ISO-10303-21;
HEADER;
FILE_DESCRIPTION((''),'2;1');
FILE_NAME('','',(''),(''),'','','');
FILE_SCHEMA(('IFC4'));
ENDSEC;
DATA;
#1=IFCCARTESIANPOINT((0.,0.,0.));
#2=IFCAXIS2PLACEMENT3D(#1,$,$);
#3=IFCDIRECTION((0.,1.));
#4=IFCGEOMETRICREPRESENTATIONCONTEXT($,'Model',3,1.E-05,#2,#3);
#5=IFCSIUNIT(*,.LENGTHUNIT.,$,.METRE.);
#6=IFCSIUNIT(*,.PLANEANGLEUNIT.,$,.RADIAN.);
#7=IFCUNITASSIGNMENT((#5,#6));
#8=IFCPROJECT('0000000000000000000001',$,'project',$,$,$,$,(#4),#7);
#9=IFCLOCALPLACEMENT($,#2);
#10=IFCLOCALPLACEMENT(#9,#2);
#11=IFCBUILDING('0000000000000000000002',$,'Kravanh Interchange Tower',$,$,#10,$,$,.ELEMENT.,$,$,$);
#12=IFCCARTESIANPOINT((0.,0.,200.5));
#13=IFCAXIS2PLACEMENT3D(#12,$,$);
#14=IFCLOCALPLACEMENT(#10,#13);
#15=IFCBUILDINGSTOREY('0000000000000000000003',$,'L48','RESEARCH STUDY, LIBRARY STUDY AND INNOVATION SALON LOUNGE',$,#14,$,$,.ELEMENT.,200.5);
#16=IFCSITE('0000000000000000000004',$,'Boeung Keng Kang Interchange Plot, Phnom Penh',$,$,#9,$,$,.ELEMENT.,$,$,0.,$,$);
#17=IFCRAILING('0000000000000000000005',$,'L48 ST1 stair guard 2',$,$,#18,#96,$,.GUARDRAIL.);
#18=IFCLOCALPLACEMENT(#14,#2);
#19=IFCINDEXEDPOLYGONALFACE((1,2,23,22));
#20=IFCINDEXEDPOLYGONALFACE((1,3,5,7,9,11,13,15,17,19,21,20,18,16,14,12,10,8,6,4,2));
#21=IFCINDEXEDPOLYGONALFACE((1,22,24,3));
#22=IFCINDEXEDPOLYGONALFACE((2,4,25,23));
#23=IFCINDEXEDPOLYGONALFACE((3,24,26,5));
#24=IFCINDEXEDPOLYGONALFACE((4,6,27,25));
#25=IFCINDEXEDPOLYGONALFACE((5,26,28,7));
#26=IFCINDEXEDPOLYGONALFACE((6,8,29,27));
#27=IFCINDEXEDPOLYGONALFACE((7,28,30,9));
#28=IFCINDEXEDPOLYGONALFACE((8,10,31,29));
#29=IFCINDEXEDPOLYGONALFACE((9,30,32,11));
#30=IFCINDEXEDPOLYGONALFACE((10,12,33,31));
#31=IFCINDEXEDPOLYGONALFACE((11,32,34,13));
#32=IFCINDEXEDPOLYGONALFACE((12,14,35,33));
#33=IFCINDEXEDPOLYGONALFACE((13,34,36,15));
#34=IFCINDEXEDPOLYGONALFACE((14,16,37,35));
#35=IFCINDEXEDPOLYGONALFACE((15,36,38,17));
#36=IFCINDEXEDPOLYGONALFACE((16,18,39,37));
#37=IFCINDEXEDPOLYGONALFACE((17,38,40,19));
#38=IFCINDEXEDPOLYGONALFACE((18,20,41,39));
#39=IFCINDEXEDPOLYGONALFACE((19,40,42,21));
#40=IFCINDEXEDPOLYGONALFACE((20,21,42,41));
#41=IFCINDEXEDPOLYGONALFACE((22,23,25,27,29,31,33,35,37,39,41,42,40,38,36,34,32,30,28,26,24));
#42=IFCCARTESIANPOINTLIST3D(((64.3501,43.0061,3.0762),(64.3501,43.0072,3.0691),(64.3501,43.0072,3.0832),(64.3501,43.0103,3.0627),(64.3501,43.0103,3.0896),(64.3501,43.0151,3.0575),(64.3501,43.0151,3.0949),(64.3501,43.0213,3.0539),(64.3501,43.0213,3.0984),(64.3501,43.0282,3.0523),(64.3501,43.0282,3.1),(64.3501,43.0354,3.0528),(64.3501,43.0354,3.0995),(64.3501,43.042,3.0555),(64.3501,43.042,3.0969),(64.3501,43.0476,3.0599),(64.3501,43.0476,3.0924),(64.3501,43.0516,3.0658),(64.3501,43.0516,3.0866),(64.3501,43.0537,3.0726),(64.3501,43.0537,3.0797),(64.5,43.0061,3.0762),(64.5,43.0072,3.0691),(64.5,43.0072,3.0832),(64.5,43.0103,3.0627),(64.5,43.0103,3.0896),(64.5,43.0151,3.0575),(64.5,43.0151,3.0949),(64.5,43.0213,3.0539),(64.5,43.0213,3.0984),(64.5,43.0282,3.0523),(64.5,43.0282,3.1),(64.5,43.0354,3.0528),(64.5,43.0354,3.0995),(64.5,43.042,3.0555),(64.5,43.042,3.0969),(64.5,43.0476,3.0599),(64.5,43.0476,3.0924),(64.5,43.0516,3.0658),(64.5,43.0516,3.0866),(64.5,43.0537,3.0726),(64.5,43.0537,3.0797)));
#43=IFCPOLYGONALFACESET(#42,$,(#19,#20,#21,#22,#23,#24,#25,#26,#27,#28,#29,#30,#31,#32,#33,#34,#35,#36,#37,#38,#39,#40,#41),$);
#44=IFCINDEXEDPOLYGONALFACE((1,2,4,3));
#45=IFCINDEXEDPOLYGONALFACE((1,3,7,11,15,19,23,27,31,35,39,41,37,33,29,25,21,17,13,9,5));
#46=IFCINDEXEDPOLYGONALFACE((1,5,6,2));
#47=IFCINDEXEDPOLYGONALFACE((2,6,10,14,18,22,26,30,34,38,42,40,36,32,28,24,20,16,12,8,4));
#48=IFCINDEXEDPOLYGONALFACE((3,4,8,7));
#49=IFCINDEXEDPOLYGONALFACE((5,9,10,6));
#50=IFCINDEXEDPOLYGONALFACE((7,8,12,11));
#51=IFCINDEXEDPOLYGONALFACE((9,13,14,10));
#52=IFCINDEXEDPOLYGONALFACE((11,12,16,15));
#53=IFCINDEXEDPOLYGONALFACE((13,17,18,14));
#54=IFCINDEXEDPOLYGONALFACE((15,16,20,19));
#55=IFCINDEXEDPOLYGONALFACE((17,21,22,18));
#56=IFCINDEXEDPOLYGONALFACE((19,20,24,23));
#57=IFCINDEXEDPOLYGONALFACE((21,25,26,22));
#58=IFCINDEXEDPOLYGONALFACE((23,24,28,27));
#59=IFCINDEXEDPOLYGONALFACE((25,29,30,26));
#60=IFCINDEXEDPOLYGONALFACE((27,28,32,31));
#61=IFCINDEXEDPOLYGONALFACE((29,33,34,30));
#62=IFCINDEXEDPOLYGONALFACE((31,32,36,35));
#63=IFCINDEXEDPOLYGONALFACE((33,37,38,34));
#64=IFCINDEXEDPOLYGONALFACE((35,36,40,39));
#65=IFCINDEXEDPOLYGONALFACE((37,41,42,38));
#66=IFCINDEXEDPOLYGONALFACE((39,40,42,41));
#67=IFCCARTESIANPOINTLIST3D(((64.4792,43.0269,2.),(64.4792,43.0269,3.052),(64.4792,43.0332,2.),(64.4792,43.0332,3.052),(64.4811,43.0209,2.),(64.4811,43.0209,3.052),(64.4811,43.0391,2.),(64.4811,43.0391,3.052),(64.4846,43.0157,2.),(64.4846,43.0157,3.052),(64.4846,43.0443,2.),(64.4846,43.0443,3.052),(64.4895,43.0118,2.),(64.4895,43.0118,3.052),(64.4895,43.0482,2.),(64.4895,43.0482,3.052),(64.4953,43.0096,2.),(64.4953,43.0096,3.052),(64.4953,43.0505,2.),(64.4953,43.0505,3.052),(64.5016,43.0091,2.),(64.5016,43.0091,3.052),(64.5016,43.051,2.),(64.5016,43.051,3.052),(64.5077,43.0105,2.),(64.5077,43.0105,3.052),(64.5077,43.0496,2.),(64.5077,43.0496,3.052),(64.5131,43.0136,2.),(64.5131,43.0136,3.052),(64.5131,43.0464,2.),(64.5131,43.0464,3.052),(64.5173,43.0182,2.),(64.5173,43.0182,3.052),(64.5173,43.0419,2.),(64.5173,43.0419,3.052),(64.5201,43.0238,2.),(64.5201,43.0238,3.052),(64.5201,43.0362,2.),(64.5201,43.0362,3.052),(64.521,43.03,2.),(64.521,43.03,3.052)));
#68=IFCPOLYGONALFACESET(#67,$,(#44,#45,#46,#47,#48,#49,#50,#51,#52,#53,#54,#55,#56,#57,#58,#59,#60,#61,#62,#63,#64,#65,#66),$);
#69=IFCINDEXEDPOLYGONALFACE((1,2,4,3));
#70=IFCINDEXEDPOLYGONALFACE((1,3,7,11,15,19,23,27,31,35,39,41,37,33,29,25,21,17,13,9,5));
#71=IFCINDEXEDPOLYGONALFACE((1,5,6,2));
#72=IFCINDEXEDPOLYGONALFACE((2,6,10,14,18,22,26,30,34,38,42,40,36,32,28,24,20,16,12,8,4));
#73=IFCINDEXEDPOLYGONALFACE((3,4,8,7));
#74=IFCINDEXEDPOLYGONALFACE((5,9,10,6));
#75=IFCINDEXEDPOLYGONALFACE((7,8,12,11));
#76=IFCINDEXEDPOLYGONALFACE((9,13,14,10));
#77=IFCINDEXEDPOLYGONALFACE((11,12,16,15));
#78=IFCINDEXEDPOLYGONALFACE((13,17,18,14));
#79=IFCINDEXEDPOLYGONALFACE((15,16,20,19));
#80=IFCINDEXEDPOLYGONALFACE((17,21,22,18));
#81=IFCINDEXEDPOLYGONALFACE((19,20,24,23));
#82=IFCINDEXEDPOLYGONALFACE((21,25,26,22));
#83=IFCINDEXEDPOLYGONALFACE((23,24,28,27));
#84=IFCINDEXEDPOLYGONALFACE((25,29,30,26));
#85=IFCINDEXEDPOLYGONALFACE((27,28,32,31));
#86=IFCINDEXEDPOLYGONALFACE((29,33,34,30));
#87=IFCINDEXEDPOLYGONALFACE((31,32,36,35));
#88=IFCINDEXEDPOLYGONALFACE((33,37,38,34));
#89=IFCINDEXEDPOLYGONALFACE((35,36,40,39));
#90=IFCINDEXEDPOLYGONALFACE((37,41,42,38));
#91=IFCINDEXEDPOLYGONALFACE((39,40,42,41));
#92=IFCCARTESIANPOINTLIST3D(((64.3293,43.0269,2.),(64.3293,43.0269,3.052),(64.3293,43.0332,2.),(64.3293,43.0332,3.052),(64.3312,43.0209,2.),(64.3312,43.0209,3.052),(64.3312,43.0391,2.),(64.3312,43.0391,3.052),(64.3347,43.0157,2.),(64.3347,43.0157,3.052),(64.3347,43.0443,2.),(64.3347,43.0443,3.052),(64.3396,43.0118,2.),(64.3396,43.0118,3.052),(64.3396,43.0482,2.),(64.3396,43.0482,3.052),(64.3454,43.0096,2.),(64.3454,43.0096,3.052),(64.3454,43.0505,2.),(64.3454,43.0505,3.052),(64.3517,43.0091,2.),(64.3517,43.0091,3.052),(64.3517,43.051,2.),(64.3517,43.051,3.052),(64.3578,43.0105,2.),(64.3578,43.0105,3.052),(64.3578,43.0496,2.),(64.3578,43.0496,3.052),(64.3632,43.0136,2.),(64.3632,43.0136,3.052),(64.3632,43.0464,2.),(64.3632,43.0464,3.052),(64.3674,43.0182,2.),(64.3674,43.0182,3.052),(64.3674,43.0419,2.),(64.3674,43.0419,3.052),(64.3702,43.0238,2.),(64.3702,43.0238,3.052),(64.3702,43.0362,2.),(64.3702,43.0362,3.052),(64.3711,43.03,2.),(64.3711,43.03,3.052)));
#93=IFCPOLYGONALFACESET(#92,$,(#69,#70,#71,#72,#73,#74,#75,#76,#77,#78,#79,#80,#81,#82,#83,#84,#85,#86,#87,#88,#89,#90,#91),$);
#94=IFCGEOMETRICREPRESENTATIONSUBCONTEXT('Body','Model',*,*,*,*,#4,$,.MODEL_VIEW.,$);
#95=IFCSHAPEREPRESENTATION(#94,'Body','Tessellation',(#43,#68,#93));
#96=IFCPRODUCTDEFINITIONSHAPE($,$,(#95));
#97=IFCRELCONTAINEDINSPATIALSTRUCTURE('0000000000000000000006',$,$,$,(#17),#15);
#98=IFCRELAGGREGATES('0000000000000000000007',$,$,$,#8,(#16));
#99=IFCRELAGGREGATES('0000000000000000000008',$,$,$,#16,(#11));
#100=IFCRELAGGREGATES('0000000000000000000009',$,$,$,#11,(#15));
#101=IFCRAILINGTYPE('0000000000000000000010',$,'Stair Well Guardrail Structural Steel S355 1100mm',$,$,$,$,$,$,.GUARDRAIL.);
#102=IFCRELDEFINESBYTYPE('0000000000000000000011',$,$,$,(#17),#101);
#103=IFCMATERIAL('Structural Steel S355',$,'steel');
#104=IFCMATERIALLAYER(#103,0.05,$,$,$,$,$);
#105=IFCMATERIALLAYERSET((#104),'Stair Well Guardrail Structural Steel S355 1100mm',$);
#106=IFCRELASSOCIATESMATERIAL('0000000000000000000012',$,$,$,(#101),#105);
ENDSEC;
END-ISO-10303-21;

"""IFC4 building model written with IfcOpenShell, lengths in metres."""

from ifc_helpers import new_model, si_unit, direction, frame, origin, origin_2d, place, context, subcontext, project, spatial, circle, extrude, material, layer, layer_set, type_object, element, save


model = new_model("IFC4")

# Units and contexts
model_context = context("Model", 3, precision=1e-05, world=origin(), true_north=direction((0.0, 1.0)))
body_context = subcontext(model_context, "Body", "Model", "MODEL_VIEW")
ifc_project = project(units=[si_unit("LENGTHUNIT", "METRE"), si_unit("PLANEANGLEUNIT", "RADIAN")], contexts=[model_context])

# Site, building, storey
site_placement = place(None, origin())
site = spatial("IfcSite", under=ifc_project, at=site_placement, Name="Boeung Keng Kang Interchange Plot, Phnom Penh", CompositionType="ELEMENT", RefElevation=0.0)
building_placement = place(site_placement, origin())
building = spatial("IfcBuilding", under=site, at=building_placement, Name="Kravanh Interchange Tower", CompositionType="ELEMENT")
storey_placement = place(building_placement, frame((0.0, 0.0, 200.5)))
storey = spatial("IfcBuildingStorey", under=building, at=storey_placement, Name="L48", Description="RESEARCH STUDY, LIBRARY STUDY AND INNOVATION SALON LOUNGE", CompositionType="ELEMENT", Elevation=200.5)

# Railing
ifc_material_1 = material(Name="Structural Steel S355", Category="steel")
ifc_layer_1 = layer(ifc_material_1, 0.05)
ifc_layer_set_1 = layer_set([ifc_layer_1], Name="Stair Well Guardrail Structural Steel S355 1100mm")
railing_type_1 = type_object("IfcRailingType", Name="Stair Well Guardrail Structural Steel S355 1100mm", PredefinedType="GUARDRAIL", material=ifc_layer_set_1)
railing_1_placement = place(storey_placement, frame((64.5, 43.03, 2.0)))
element("IfcRailing", 1, at=railing_1_placement, inside=storey, type_object=railing_type_1, Name="L48 ST1 stair guard 2", PredefinedType="GUARDRAIL", context=body_context, shape_type="SweptSolid", body=[
    extrude(circle(Radius=0.0239, at=origin_2d()), frame((0.0, 0.0, 1.0762), z_axis=(-1.0, 0.0, 0.0), x_axis=(0.0, -1.0, 0.0)), (0.0, 0.0, 1.0), 0.1499),
    extrude(circle(Radius=0.021, at=origin_2d()), origin(), (0.0, 0.0, 1.0), 1.052),
    extrude(circle(Radius=0.021, at=origin_2d()), frame((-0.1499, 0.0, 0.0)), (0.0, 0.0, 1.0), 1.052),
])

save(model, "model.ifc")
